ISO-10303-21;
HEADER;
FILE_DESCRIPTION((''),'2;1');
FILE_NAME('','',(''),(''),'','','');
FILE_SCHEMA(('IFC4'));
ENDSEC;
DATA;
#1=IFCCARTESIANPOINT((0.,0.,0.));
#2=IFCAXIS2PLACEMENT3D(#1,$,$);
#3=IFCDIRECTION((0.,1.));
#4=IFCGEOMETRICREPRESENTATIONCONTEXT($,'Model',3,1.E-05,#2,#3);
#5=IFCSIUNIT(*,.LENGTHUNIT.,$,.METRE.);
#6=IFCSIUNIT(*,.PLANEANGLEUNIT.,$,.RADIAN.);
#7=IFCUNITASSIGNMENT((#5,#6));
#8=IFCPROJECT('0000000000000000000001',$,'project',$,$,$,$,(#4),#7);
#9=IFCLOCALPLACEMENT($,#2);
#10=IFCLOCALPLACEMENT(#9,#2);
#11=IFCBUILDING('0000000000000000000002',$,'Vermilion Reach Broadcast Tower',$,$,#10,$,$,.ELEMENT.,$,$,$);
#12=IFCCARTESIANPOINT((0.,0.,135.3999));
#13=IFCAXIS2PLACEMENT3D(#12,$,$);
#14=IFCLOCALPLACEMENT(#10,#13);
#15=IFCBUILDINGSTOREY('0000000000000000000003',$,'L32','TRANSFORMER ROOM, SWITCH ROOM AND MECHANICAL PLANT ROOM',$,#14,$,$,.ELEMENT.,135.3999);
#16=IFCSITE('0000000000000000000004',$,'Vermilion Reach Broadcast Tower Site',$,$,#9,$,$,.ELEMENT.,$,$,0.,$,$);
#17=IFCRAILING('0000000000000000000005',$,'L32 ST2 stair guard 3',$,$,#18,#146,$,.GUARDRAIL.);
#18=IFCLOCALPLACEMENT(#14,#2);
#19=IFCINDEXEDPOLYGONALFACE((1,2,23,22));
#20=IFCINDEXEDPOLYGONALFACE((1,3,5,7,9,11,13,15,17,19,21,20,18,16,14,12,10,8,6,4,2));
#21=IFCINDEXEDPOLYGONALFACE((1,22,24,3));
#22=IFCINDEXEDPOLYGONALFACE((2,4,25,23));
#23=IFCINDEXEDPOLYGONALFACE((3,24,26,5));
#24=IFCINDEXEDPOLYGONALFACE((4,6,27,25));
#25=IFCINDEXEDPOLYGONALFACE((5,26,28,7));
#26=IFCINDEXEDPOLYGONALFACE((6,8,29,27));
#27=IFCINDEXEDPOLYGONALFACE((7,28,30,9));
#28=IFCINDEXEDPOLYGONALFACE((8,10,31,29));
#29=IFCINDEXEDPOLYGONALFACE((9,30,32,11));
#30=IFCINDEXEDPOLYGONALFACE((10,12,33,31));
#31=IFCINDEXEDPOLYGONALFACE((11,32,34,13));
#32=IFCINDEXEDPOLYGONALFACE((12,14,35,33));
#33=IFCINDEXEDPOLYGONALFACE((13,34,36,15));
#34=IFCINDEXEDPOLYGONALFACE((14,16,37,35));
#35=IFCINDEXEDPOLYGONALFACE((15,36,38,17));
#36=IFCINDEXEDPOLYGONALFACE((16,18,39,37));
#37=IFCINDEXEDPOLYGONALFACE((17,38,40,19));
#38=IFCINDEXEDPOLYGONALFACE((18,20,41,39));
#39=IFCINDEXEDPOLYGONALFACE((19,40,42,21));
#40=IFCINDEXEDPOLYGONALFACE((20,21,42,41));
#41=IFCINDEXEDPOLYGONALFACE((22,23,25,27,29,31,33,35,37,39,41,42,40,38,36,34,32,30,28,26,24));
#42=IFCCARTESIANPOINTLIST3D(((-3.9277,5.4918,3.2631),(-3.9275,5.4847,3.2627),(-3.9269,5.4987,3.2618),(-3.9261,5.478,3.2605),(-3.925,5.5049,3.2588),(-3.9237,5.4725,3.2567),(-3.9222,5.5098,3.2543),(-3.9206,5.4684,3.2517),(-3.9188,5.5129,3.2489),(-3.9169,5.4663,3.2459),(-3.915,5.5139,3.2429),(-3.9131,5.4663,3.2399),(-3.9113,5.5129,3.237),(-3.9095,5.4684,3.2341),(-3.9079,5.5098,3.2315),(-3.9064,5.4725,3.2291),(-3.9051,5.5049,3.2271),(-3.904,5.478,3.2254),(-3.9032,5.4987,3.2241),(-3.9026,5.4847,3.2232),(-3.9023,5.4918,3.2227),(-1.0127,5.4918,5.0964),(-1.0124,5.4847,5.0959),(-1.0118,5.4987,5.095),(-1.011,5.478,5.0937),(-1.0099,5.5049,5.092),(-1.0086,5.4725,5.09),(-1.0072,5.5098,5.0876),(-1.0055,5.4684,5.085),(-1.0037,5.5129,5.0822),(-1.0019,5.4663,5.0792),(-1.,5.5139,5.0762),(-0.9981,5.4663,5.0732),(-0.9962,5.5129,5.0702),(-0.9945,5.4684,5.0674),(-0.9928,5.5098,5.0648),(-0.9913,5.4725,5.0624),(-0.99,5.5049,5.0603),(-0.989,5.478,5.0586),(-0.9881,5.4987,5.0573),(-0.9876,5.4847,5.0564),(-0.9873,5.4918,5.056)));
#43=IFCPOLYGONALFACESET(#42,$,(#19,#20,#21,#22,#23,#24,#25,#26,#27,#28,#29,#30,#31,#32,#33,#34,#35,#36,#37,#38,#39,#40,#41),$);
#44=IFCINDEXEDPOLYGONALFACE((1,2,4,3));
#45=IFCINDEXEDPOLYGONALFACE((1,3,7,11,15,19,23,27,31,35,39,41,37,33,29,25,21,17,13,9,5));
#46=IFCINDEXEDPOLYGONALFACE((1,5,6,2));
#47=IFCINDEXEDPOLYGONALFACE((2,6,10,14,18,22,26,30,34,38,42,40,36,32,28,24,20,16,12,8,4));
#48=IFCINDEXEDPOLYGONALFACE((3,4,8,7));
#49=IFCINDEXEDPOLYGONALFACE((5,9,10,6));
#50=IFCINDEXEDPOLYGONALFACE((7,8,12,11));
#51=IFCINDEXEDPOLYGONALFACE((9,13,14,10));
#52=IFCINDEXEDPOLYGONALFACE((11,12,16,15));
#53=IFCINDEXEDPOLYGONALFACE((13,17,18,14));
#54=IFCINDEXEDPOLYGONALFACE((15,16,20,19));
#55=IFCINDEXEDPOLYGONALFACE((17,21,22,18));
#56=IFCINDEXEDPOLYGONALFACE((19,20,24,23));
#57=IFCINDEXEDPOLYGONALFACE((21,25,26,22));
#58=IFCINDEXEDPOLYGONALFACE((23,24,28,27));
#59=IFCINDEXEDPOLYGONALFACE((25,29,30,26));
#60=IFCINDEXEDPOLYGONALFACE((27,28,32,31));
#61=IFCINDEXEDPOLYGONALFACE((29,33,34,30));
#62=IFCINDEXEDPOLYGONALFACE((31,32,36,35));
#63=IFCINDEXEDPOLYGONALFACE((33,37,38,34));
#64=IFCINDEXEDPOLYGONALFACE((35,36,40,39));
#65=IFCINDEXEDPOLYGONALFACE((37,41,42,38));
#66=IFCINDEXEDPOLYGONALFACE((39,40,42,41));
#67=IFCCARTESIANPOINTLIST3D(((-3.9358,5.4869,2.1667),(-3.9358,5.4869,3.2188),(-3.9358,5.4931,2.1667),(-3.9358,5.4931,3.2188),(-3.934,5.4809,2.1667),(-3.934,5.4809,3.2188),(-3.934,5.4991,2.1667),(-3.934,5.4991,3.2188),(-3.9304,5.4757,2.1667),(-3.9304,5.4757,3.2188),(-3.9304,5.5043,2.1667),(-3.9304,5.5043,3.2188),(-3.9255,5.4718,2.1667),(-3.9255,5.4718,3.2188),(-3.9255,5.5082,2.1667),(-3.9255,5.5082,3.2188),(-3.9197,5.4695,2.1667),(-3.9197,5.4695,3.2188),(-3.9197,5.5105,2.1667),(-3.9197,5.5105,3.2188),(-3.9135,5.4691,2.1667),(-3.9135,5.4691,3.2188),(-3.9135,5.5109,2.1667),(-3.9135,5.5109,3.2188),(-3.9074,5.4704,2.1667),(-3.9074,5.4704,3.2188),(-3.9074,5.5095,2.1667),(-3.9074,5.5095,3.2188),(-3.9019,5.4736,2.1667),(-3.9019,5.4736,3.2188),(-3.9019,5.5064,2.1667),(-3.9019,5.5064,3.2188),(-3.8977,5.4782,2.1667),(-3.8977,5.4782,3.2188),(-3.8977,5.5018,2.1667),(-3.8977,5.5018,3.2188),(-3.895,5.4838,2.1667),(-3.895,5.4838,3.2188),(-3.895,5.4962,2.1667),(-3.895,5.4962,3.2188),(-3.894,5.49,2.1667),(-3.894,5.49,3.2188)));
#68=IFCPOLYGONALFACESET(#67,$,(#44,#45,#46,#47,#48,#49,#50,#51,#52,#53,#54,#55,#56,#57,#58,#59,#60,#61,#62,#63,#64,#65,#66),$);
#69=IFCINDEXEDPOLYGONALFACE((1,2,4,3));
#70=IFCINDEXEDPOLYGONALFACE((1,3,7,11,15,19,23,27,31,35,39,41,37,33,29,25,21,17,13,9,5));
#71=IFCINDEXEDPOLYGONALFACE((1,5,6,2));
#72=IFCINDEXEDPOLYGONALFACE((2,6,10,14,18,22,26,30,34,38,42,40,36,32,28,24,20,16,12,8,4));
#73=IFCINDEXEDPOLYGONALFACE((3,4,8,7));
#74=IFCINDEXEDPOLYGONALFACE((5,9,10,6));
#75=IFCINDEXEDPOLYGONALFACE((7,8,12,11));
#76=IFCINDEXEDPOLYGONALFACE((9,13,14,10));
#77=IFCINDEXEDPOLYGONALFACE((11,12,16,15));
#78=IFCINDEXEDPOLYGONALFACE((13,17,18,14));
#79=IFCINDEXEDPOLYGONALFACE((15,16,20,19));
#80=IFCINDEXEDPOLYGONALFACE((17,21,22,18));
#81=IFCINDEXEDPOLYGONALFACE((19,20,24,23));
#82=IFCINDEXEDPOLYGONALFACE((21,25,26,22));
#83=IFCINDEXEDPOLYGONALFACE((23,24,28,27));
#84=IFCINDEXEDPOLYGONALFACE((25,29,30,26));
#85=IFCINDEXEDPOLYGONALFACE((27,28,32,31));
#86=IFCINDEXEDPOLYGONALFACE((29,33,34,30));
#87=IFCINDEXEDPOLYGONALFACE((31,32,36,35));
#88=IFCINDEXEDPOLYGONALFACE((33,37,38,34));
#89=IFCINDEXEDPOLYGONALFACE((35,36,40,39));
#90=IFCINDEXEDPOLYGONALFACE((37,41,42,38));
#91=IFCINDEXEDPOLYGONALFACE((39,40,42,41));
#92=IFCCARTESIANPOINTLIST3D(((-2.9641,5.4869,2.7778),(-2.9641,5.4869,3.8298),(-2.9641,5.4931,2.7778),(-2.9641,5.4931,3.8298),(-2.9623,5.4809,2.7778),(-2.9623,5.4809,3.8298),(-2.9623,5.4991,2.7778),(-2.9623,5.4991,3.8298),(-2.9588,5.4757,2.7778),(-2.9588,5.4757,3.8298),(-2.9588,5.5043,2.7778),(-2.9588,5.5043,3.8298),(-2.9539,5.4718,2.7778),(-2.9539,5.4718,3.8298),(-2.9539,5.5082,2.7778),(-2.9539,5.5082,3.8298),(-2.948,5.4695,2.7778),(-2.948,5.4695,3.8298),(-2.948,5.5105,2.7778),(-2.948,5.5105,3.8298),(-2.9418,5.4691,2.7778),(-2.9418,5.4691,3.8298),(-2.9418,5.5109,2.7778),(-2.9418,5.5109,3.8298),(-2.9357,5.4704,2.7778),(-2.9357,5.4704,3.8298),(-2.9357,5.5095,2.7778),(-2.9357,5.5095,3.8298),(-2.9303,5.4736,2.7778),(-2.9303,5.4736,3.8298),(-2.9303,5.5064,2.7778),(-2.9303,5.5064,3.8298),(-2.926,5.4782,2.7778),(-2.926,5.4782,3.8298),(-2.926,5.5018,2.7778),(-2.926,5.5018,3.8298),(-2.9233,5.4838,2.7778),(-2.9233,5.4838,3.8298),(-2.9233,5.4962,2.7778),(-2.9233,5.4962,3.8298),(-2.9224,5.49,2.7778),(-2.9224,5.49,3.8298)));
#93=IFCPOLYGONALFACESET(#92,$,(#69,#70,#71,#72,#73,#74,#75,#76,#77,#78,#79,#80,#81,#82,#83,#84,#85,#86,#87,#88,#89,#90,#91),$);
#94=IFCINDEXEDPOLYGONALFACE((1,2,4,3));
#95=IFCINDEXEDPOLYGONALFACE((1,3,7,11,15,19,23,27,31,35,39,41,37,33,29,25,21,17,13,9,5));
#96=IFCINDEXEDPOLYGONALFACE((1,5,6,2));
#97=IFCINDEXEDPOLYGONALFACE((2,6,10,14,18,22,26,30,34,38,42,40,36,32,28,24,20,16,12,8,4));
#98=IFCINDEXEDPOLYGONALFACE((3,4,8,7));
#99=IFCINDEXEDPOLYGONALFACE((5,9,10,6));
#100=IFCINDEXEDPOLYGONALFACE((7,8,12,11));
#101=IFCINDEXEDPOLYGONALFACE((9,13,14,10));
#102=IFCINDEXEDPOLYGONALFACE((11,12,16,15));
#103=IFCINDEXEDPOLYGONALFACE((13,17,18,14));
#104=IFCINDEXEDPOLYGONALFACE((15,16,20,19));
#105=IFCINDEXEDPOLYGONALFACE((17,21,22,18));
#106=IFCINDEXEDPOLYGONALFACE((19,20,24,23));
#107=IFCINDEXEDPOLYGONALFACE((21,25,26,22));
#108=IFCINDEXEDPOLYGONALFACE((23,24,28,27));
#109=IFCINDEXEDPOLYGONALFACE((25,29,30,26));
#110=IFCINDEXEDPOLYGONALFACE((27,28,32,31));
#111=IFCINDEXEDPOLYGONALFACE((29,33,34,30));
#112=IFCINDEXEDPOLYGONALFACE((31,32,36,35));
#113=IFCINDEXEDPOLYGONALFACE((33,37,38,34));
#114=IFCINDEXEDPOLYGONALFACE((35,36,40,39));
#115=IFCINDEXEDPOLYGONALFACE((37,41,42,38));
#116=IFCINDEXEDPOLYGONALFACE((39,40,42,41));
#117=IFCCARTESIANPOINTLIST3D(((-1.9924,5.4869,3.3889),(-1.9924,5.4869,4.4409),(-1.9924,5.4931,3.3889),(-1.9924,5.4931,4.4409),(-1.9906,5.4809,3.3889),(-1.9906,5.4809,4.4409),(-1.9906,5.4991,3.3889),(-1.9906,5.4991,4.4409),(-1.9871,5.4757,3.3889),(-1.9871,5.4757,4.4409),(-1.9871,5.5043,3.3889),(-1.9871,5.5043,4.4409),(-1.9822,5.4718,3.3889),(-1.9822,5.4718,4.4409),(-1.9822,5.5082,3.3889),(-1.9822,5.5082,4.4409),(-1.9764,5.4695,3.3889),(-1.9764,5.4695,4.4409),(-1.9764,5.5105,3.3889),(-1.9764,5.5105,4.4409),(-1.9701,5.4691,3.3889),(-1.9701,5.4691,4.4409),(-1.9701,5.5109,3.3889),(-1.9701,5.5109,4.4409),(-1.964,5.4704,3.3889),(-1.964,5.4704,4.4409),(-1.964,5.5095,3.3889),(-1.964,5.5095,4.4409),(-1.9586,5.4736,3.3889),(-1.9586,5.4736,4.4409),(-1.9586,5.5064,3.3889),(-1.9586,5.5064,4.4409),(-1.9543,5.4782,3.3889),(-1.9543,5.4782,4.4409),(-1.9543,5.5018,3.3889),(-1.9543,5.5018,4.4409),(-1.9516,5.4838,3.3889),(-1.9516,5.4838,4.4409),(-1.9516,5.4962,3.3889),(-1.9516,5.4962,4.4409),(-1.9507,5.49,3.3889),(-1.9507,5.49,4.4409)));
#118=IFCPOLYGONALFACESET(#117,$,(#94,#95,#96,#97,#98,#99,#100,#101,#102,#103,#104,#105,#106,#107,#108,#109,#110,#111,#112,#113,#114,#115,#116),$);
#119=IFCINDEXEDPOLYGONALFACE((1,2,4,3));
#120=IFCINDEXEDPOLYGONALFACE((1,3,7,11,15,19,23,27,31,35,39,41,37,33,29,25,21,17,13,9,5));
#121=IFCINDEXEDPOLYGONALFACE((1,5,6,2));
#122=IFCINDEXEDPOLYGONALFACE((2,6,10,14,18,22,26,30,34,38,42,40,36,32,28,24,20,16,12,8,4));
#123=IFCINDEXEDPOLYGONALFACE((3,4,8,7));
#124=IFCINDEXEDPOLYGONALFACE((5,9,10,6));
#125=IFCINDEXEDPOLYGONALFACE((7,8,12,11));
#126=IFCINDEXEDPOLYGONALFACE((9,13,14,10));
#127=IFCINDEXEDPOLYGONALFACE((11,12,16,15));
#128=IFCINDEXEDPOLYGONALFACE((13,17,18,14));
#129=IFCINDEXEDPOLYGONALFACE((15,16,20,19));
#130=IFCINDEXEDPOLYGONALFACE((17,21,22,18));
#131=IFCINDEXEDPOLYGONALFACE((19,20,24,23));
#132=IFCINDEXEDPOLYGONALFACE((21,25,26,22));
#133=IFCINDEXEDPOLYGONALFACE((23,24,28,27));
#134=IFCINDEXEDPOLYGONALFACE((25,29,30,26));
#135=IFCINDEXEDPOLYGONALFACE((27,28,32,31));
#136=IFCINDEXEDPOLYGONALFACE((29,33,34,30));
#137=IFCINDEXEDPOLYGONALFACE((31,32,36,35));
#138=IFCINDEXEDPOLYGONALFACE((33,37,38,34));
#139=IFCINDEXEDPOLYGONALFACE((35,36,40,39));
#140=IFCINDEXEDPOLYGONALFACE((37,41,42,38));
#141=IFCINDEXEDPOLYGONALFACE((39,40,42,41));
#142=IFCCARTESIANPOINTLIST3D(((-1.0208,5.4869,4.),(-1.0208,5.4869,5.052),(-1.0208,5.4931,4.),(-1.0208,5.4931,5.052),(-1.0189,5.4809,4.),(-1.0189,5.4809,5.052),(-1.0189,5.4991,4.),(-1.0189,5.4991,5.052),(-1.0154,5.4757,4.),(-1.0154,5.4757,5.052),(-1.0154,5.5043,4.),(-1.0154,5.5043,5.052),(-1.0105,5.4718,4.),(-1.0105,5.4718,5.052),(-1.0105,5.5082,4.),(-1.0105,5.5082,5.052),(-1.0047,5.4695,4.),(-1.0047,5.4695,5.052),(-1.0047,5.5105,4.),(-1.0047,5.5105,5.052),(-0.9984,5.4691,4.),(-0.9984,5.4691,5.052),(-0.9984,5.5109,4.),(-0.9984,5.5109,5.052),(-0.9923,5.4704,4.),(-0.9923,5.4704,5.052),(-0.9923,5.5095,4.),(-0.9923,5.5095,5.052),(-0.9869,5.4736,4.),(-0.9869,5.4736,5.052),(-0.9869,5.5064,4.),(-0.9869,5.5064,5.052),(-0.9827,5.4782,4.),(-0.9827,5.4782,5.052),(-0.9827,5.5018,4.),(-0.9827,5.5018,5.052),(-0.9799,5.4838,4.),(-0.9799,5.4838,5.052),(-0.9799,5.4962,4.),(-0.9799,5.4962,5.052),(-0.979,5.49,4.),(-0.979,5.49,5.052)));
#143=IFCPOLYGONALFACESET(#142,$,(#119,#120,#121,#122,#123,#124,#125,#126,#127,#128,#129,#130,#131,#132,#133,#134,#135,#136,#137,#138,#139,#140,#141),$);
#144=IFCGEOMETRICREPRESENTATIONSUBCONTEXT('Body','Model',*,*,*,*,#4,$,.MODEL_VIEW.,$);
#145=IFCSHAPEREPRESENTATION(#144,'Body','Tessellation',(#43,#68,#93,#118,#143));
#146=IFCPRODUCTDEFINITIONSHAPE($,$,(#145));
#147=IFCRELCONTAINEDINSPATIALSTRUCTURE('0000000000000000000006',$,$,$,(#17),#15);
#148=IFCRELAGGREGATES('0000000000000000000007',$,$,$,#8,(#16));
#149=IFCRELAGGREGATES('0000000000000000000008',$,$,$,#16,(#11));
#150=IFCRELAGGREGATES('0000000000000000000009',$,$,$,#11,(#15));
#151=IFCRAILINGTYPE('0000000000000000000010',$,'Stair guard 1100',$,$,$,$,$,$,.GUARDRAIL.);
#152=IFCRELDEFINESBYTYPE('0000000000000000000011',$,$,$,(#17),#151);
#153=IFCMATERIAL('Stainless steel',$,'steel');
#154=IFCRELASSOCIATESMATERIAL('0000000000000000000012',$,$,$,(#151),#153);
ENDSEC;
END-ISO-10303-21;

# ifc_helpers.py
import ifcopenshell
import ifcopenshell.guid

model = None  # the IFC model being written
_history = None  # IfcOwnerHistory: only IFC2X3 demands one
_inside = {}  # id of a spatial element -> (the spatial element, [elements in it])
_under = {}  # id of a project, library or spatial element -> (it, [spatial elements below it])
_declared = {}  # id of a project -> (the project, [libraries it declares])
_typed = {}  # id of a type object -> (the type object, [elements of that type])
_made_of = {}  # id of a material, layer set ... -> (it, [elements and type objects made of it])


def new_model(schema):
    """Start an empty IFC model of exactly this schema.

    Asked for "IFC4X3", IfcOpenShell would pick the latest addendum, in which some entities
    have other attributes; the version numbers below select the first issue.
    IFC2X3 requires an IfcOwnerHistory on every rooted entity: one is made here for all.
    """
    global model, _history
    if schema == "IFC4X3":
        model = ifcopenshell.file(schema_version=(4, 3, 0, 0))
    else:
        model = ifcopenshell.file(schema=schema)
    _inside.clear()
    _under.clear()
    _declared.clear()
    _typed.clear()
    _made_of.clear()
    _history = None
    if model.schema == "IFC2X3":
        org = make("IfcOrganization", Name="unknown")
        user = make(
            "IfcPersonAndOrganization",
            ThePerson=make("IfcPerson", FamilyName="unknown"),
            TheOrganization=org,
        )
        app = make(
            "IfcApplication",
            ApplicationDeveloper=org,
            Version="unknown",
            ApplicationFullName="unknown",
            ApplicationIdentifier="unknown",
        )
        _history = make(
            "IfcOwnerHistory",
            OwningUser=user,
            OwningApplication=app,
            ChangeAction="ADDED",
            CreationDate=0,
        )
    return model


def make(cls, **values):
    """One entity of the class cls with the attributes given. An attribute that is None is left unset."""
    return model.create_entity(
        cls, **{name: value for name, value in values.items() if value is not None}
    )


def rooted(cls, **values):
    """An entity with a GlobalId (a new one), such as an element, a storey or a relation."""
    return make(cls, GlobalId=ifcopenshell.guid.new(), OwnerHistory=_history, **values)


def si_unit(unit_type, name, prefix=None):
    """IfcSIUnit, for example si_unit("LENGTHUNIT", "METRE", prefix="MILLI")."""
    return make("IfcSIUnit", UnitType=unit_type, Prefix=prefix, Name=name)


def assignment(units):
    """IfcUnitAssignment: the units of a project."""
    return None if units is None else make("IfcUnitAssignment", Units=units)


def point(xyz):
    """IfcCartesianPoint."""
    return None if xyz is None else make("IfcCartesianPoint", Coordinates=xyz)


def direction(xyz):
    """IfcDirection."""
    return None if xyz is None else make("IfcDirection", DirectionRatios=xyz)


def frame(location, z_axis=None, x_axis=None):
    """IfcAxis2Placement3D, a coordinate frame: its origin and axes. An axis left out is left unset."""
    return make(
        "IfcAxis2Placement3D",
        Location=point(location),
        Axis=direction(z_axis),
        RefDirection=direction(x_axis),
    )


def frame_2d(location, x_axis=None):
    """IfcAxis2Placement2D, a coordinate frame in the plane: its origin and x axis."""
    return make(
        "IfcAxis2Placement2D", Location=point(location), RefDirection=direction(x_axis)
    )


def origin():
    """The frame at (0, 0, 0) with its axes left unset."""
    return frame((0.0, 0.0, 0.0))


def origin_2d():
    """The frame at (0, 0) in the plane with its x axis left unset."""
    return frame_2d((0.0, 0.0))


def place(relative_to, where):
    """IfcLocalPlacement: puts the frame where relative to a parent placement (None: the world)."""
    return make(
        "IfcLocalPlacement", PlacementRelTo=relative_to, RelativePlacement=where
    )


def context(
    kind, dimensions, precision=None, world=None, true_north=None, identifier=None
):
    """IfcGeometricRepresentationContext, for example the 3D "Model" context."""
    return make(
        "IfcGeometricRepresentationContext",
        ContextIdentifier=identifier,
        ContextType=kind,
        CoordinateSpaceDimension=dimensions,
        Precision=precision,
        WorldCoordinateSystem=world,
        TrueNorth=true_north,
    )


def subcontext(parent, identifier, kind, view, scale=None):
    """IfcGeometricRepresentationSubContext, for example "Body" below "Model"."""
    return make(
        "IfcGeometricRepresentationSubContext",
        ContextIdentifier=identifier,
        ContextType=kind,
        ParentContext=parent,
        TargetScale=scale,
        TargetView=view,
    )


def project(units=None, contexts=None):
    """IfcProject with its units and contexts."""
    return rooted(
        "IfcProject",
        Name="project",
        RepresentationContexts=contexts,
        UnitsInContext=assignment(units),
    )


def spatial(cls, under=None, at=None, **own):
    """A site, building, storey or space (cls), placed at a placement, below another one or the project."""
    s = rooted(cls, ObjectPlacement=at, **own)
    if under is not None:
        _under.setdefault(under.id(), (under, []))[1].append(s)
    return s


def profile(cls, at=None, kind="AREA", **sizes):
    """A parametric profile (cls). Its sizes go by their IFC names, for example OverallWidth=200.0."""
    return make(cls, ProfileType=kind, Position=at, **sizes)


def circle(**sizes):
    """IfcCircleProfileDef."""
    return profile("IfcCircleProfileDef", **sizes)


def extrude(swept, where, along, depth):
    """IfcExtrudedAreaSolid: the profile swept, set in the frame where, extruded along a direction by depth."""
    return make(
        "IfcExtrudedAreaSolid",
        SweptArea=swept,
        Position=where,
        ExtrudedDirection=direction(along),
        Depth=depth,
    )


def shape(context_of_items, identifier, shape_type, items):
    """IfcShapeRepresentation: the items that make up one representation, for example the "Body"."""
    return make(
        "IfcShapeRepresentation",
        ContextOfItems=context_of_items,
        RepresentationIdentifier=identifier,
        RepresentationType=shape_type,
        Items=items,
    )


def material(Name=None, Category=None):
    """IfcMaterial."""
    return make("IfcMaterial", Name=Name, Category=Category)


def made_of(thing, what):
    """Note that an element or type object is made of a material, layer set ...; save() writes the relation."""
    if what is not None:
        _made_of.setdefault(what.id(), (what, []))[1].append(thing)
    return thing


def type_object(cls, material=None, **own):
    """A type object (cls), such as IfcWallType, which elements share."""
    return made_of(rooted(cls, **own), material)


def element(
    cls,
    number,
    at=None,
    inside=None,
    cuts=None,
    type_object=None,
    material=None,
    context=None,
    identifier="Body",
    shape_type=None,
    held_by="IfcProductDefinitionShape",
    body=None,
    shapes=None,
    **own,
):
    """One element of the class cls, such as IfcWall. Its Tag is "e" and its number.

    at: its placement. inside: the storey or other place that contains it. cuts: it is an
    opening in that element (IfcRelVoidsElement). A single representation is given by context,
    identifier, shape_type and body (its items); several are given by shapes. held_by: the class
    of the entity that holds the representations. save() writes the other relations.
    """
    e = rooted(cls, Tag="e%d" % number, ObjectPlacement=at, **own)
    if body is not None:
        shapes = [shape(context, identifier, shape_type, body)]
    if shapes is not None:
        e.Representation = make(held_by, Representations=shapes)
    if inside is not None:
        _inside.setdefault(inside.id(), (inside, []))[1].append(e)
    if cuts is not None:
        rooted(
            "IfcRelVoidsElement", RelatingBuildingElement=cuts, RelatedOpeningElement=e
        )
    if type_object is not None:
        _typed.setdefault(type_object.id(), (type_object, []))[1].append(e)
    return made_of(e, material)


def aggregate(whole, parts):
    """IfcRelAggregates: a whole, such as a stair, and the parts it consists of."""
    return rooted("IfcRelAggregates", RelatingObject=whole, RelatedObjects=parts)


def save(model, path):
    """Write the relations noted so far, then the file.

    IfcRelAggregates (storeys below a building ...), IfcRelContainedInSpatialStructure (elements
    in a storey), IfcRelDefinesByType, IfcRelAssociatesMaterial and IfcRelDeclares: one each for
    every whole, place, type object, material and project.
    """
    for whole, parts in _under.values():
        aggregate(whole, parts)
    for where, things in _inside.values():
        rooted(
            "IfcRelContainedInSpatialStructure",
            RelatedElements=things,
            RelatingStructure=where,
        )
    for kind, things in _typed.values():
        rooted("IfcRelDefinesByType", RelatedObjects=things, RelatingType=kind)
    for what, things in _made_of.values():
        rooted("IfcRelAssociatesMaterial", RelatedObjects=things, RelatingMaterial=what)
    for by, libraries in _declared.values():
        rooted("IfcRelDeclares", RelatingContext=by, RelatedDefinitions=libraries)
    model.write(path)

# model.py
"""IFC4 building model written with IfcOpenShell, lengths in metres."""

from ifc_helpers import new_model, si_unit, direction, frame, origin, origin_2d, place, context, subcontext, project, spatial, circle, extrude, material, type_object, element, save


model = new_model("IFC4")

# Units and contexts
model_context = context("Model", 3, precision=1e-05, world=origin(), true_north=direction((0.0, 1.0)))
body_context = subcontext(model_context, "Body", "Model", "MODEL_VIEW")
ifc_project = project(units=[si_unit("LENGTHUNIT", "METRE"), si_unit("PLANEANGLEUNIT", "RADIAN")], contexts=[model_context])

# Site, building, storey
site_placement = place(None, origin())
site = spatial("IfcSite", under=ifc_project, at=site_placement, Name="Vermilion Reach Broadcast Tower Site", CompositionType="ELEMENT", RefElevation=0.0)
building_placement = place(site_placement, origin())
building = spatial("IfcBuilding", under=site, at=building_placement, Name="Vermilion Reach Broadcast Tower", CompositionType="ELEMENT")
storey_placement = place(building_placement, frame((0.0, 0.0, 135.3999)))
storey = spatial("IfcBuildingStorey", under=building, at=storey_placement, Name="L32", Description="TRANSFORMER ROOM, SWITCH ROOM AND MECHANICAL PLANT ROOM", CompositionType="ELEMENT", Elevation=135.3999)

# Railing
ifc_material_1 = material(Name="Stainless steel", Category="steel")
railing_type_1 = type_object("IfcRailingType", Name="Stair guard 1100", PredefinedType="GUARDRAIL", material=ifc_material_1)
railing_1_placement = place(storey_placement, frame((-3.915, 5.49, 2.1667)))
element("IfcRailing", 1, at=railing_1_placement, inside=storey, type_object=railing_type_1, Name="L32 ST2 stair guard 3", PredefinedType="GUARDRAIL", context=body_context, shape_type="SweptSolid", body=[
    extrude(circle(Radius=0.0239, at=origin_2d()), frame((0.0, 0.0, 1.0762), z_axis=(0.846513, 0.0, 0.532368), x_axis=(0.0, 1.0, 0.0)), (0.0, 0.0, 1.0), 3.4436),
    extrude(circle(Radius=0.021, at=origin_2d()), origin(), (0.0, 0.0, 1.0), 1.052),
    extrude(circle(Radius=0.021, at=origin_2d()), frame((0.9717, 0.0, 0.6111)), (0.0, 0.0, 1.0), 1.052),
    extrude(circle(Radius=0.021, at=origin_2d()), frame((1.9434, 0.0, 1.2222)), (0.0, 0.0, 1.0), 1.052),
    extrude(circle(Radius=0.021, at=origin_2d()), frame((2.915, 0.0, 1.8333)), (0.0, 0.0, 1.0), 1.052),
])

save(model, "model.ifc")
